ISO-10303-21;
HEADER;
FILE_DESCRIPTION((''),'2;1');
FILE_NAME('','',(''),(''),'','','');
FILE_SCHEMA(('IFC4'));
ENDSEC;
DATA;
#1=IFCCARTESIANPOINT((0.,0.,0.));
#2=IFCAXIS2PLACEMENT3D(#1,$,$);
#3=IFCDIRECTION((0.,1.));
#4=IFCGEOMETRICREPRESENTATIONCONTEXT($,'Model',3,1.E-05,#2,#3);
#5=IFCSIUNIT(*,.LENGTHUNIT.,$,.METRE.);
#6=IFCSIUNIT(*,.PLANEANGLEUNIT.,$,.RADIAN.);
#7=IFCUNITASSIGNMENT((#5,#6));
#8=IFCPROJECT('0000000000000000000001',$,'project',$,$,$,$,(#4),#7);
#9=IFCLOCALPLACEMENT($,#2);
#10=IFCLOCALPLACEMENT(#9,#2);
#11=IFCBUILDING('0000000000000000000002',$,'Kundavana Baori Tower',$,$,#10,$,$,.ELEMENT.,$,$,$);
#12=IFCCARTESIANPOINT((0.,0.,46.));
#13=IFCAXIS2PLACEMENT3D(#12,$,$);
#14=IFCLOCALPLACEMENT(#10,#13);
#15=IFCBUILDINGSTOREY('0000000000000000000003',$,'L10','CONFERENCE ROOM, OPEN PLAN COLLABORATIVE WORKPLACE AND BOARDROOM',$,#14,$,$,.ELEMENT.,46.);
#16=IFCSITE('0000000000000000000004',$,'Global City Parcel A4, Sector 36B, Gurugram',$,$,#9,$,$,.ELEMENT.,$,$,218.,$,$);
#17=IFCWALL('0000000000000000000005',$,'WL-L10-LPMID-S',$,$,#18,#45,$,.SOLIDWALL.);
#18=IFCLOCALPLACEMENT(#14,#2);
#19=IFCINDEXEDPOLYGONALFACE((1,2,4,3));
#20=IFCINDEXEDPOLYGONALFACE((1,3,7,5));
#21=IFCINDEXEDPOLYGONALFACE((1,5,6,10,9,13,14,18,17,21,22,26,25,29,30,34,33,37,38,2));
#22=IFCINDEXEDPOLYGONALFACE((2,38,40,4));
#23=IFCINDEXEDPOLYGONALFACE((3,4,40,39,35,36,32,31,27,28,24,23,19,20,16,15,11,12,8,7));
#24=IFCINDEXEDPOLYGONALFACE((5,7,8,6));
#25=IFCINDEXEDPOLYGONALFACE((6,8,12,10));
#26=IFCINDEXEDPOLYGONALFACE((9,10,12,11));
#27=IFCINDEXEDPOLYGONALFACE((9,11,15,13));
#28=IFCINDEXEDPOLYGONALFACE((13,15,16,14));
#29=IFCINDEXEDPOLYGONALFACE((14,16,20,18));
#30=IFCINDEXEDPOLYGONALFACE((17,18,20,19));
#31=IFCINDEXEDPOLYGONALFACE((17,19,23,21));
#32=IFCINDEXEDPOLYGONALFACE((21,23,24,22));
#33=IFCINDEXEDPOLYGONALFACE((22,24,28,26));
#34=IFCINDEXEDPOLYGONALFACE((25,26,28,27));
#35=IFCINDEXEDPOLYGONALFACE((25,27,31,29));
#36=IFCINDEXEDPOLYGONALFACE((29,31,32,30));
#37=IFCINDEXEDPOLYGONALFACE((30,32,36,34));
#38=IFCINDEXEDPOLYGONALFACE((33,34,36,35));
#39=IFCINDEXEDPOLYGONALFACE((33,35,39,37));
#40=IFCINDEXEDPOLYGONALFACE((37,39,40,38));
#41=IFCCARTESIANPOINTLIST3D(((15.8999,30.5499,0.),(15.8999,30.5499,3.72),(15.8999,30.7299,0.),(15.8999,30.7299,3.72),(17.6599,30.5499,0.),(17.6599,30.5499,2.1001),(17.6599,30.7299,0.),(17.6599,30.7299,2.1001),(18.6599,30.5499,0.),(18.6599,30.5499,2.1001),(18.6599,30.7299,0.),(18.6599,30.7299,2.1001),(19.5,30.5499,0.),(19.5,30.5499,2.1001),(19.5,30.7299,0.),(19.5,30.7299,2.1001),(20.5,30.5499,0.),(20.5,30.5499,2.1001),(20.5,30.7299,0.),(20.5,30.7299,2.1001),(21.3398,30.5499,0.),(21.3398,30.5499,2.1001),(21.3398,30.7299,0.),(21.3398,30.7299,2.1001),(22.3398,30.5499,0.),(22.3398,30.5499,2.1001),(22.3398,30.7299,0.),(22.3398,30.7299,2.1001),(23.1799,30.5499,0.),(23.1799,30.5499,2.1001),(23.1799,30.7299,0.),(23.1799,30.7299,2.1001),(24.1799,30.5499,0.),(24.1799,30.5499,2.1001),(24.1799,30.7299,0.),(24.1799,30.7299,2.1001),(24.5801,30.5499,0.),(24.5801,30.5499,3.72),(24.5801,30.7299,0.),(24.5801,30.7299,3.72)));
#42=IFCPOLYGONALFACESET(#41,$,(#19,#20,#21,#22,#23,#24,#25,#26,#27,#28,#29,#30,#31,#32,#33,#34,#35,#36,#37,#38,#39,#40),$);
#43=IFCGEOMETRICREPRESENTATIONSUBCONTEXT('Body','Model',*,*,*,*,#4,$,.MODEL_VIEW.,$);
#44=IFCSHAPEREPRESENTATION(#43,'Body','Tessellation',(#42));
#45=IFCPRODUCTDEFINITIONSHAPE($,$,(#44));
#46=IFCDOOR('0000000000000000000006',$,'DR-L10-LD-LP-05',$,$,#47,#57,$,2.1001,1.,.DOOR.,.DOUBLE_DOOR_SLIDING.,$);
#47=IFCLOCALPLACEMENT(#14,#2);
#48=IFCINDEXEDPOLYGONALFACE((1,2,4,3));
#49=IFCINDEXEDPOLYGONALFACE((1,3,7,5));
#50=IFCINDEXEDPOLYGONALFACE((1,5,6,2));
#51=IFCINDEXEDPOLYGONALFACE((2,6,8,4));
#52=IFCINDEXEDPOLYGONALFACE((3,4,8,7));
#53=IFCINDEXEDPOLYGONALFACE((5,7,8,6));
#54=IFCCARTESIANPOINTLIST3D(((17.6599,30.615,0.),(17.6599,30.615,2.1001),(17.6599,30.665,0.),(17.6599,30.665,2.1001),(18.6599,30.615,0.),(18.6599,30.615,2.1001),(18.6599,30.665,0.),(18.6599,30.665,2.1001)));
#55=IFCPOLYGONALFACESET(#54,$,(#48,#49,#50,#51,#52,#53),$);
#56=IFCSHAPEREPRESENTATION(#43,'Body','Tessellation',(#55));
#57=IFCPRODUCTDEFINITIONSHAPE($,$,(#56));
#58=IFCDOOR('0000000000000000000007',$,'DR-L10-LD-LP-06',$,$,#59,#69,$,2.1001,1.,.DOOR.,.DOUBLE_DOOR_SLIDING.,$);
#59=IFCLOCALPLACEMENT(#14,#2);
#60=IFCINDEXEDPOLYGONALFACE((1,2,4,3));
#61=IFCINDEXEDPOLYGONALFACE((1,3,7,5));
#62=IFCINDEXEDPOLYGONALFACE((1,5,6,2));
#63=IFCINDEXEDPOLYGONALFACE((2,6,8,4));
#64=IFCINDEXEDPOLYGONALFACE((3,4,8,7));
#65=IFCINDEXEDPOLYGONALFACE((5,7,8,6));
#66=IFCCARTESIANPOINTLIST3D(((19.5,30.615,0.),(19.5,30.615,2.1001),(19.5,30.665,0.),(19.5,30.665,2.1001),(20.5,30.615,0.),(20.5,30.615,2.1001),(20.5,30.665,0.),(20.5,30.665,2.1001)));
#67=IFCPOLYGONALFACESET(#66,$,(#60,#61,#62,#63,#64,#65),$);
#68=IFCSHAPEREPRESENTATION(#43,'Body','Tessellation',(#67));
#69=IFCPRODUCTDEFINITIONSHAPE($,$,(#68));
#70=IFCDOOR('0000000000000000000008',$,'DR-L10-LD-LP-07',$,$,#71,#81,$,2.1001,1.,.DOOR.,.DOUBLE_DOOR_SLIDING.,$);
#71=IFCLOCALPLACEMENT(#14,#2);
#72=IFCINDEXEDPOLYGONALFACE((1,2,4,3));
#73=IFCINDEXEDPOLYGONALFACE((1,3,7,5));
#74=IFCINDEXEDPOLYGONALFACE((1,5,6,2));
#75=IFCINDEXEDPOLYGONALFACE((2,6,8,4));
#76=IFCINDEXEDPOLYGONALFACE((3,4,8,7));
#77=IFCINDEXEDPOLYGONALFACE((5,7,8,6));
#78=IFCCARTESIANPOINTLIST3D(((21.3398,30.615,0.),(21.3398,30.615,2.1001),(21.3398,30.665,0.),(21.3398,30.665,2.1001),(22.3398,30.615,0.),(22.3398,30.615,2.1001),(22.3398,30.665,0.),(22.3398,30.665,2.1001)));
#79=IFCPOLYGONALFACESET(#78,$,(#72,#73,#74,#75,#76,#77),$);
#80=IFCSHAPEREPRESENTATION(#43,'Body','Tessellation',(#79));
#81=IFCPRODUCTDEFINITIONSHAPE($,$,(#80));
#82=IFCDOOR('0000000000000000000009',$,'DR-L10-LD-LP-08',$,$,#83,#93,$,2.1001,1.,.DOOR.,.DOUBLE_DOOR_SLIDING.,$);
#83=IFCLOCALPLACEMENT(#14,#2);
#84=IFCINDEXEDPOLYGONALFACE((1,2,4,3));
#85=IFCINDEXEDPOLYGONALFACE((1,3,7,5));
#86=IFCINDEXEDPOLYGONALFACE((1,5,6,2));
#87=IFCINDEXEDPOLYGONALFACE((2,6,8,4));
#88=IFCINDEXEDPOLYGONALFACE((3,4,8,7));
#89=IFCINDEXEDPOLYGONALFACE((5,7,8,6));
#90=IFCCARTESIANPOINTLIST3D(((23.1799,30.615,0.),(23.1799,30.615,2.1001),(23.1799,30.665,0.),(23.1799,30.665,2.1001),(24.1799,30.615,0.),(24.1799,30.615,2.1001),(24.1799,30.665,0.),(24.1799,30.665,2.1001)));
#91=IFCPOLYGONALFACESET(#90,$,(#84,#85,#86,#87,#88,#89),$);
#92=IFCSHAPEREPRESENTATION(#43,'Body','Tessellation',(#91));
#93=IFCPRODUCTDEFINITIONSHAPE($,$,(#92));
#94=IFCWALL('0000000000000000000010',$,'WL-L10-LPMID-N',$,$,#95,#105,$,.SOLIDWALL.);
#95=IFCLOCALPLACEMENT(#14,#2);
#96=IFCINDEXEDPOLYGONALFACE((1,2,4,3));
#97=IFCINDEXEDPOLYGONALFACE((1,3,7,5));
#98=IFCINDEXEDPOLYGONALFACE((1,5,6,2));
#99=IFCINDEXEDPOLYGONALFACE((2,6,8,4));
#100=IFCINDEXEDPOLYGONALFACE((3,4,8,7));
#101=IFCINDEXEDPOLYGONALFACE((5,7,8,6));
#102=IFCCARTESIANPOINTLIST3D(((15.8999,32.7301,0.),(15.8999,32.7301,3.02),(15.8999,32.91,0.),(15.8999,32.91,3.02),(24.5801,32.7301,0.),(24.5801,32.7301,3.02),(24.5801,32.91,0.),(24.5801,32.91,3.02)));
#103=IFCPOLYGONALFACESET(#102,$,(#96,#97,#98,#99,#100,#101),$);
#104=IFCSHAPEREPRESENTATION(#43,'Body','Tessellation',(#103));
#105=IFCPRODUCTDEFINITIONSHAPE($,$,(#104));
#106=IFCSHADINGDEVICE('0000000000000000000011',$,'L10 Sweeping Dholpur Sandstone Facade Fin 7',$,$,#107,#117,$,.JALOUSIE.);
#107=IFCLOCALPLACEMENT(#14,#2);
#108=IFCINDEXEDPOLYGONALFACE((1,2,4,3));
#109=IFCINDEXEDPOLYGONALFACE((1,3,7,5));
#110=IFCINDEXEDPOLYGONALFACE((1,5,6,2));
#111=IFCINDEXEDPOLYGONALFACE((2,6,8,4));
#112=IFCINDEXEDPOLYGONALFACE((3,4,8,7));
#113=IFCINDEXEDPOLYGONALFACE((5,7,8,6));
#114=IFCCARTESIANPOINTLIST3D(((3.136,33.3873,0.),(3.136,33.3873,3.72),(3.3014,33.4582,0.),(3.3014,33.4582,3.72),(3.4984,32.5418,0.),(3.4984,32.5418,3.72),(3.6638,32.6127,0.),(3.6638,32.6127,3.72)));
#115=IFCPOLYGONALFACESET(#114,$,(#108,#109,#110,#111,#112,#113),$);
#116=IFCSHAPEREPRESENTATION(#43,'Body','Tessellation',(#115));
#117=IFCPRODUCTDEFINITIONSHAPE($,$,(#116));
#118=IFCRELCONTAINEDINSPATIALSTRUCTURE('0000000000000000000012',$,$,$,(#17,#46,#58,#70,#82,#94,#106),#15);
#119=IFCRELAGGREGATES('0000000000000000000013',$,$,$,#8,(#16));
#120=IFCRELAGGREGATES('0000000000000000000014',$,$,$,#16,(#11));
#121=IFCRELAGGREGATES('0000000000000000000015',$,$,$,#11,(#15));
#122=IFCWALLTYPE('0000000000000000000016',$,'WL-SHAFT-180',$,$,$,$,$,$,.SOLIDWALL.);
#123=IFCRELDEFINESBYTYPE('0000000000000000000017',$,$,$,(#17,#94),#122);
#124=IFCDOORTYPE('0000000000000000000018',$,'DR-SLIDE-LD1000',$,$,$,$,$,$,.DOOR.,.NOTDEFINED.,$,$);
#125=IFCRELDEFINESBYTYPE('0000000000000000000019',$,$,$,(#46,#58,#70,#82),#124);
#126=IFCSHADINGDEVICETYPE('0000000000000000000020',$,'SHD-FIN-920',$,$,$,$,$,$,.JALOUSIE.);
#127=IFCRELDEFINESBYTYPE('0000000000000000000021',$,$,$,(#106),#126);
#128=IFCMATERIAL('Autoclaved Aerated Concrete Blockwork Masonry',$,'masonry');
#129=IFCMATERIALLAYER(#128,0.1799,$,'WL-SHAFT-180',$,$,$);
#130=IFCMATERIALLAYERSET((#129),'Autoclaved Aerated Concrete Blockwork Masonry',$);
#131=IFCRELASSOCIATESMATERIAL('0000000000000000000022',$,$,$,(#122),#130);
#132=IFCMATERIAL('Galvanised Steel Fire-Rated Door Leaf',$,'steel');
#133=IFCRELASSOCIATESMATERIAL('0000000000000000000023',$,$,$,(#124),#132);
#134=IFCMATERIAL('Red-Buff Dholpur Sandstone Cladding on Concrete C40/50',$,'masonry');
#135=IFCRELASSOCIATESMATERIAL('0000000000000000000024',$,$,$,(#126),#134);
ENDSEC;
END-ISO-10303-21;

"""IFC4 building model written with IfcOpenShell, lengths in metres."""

from ifc_helpers import new_model, si_unit, direction, frame, frame_2d, origin, origin_2d, place, context, subcontext, project, spatial, rectangle, extrude, material, layer, layer_set, type_object, element, fill, save


model = new_model("IFC4")

# Units and contexts
model_context = context("Model", 3, precision=1e-05, world=origin(), true_north=direction((0.0, 1.0)))
body_context = subcontext(model_context, "Body", "Model", "MODEL_VIEW")
ifc_project = project(units=[si_unit("LENGTHUNIT", "METRE"), si_unit("PLANEANGLEUNIT", "RADIAN")], contexts=[model_context])

# Site, building, storey
site_placement = place(None, origin())
site = spatial("IfcSite", under=ifc_project, at=site_placement, Name="Global City Parcel A4, Sector 36B, Gurugram", CompositionType="ELEMENT", RefElevation=218.0)
building_placement = place(site_placement, origin())
building = spatial("IfcBuilding", under=site, at=building_placement, Name="Kundavana Baori Tower", CompositionType="ELEMENT")
storey_placement = place(building_placement, frame((0.0, 0.0, 46.0)))
storey = spatial("IfcBuildingStorey", under=building, at=storey_placement, Name="L10", Description="CONFERENCE ROOM, OPEN PLAN COLLABORATIVE WORKPLACE AND BOARDROOM", CompositionType="ELEMENT", Elevation=46.0)

# Shared definitions
ifc_material_1 = material(Name="Autoclaved Aerated Concrete Blockwork Masonry", Category="masonry")
ifc_layer_1 = layer(ifc_material_1, 0.1799, Name="WL-SHAFT-180")
ifc_layer_set_1 = layer_set([ifc_layer_1], Name="Autoclaved Aerated Concrete Blockwork Masonry")
wall_type_1 = type_object("IfcWallType", Name="WL-SHAFT-180", PredefinedType="SOLIDWALL", material=ifc_layer_set_1)
ifc_material_2 = material(Name="Galvanised Steel Fire-Rated Door Leaf", Category="steel")
door_type = type_object("IfcDoorType", Name="DR-SLIDE-LD1000", OperationType="NOTDEFINED", PredefinedType="DOOR", material=ifc_material_2)

# Wall, openings, doors
wall_1_placement = place(storey_placement, frame((15.8999, 30.6399, 0.0), z_axis=(0.0, 0.0, 1.0), x_axis=(1.0, 0.0, 0.0)))
wall_1 = element("IfcWall", 1, at=wall_1_placement, inside=storey, type_object=wall_type_1, Name="WL-L10-LPMID-S", PredefinedType="SOLIDWALL", context=body_context, shape_type="SweptSolid", body=[
    extrude(rectangle(XDim=8.6802, YDim=0.1799, at=frame_2d((4.3401, 0.0))), origin(), (0.0, 0.0, 1.0), 3.72),
])
opening_1_placement = place(wall_1_placement, frame((1.76, 0.0, 0.0)))
opening_1 = element("IfcOpeningElement", 2, at=opening_1_placement, cuts=wall_1, PredefinedType="OPENING", context=body_context, shape_type="SweptSolid", body=[
    extrude(rectangle(XDim=1.0, YDim=2.1001, at=frame_2d((0.5, 1.05))), frame((0.0, 0.1001, 0.0), z_axis=(0.0, -1.0, 0.0), x_axis=(1.0, 0.0, 0.0)), (0.0, 0.0, 1.0), 0.2),
])
opening_2_placement = place(wall_1_placement, frame((3.6001, 0.0, 0.0)))
opening_2 = element("IfcOpeningElement", 3, at=opening_2_placement, cuts=wall_1, PredefinedType="OPENING", context=body_context, shape_type="SweptSolid", body=[
    extrude(rectangle(XDim=1.0, YDim=2.1001, at=frame_2d((0.5, 1.05))), frame((0.0, 0.1001, 0.0), z_axis=(0.0, -1.0, 0.0), x_axis=(1.0, 0.0, 0.0)), (0.0, 0.0, 1.0), 0.2),
])
opening_3_placement = place(wall_1_placement, frame((5.4399, 0.0, 0.0)))
opening_3 = element("IfcOpeningElement", 4, at=opening_3_placement, cuts=wall_1, PredefinedType="OPENING", context=body_context, shape_type="SweptSolid", body=[
    extrude(rectangle(XDim=1.0, YDim=2.1001, at=frame_2d((0.5, 1.05))), frame((0.0, 0.1001, 0.0), z_axis=(0.0, -1.0, 0.0), x_axis=(1.0, 0.0, 0.0)), (0.0, 0.0, 1.0), 0.2),
])
opening_4_placement = place(wall_1_placement, frame((7.28, 0.0, 0.0)))
opening_4 = element("IfcOpeningElement", 5, at=opening_4_placement, cuts=wall_1, PredefinedType="OPENING", context=body_context, shape_type="SweptSolid", body=[
    extrude(rectangle(XDim=1.0, YDim=2.1001, at=frame_2d((0.5, 1.05))), frame((0.0, 0.1001, 0.0), z_axis=(0.0, -1.0, 0.0), x_axis=(1.0, 0.0, 0.0)), (0.0, 0.0, 1.0), 0.2),
])
door_1_placement = place(opening_1_placement, frame((1.0, 0.0, 0.0), z_axis=(0.0, 0.0, 1.0), x_axis=(-1.0, 0.0, 0.0)))
door_1 = element("IfcDoor", 6, at=door_1_placement, inside=storey, type_object=door_type, Name="DR-L10-LD-LP-05", OperationType="DOUBLE_DOOR_SLIDING", OverallHeight=2.1001, OverallWidth=1.0, PredefinedType="DOOR", context=body_context, shape_type="SweptSolid", body=[
    extrude(rectangle(XDim=1.0, YDim=2.1001, at=frame_2d((0.5, 1.05))), frame((0.0, 0.0249, 0.0), z_axis=(0.0, -1.0, 0.0), x_axis=(1.0, 0.0, 0.0)), (0.0, 0.0, 1.0), 0.05),
])
fill(opening_1, door_1)
door_2_placement = place(opening_2_placement, frame((1.0, 0.0, 0.0), z_axis=(0.0, 0.0, 1.0), x_axis=(-1.0, 0.0, 0.0)))
door_2 = element("IfcDoor", 7, at=door_2_placement, inside=storey, type_object=door_type, Name="DR-L10-LD-LP-06", OperationType="DOUBLE_DOOR_SLIDING", OverallHeight=2.1001, OverallWidth=1.0, PredefinedType="DOOR", context=body_context, shape_type="SweptSolid", body=[
    extrude(rectangle(XDim=1.0, YDim=2.1001, at=frame_2d((0.5, 1.05))), frame((0.0, 0.0249, 0.0), z_axis=(0.0, -1.0, 0.0), x_axis=(1.0, 0.0, 0.0)), (0.0, 0.0, 1.0), 0.05),
])
fill(opening_2, door_2)
door_3_placement = place(opening_3_placement, frame((1.0, 0.0, 0.0), z_axis=(0.0, 0.0, 1.0), x_axis=(-1.0, 0.0, 0.0)))
door_3 = element("IfcDoor", 8, at=door_3_placement, inside=storey, type_object=door_type, Name="DR-L10-LD-LP-07", OperationType="DOUBLE_DOOR_SLIDING", OverallHeight=2.1001, OverallWidth=1.0, PredefinedType="DOOR", context=body_context, shape_type="SweptSolid", body=[
    extrude(rectangle(XDim=1.0, YDim=2.1001, at=frame_2d((0.5, 1.05))), frame((0.0, 0.0249, 0.0), z_axis=(0.0, -1.0, 0.0), x_axis=(1.0, 0.0, 0.0)), (0.0, 0.0, 1.0), 0.05),
])
fill(opening_3, door_3)
door_4_placement = place(opening_4_placement, frame((1.0, 0.0, 0.0), z_axis=(0.0, 0.0, 1.0), x_axis=(-1.0, 0.0, 0.0)))
door_4 = element("IfcDoor", 9, at=door_4_placement, inside=storey, type_object=door_type, Name="DR-L10-LD-LP-08", OperationType="DOUBLE_DOOR_SLIDING", OverallHeight=2.1001, OverallWidth=1.0, PredefinedType="DOOR", context=body_context, shape_type="SweptSolid", body=[
    extrude(rectangle(XDim=1.0, YDim=2.1001, at=frame_2d((0.5, 1.05))), frame((0.0, 0.0249, 0.0), z_axis=(0.0, -1.0, 0.0), x_axis=(1.0, 0.0, 0.0)), (0.0, 0.0, 1.0), 0.05),
])
fill(opening_4, door_4)

# Wall
wall_2_placement = place(storey_placement, frame((15.8999, 32.8201, 0.0), z_axis=(0.0, 0.0, 1.0), x_axis=(1.0, 0.0, 0.0)))
element("IfcWall", 10, at=wall_2_placement, inside=storey, type_object=wall_type_1, Name="WL-L10-LPMID-N", PredefinedType="SOLIDWALL", context=body_context, shape_type="SweptSolid", body=[
    extrude(rectangle(XDim=8.6802, YDim=0.1799, at=frame_2d((4.3401, 0.0))), origin(), (0.0, 0.0, 1.0), 3.02),
])

# Shading device
ifc_material_3 = material(Name="Red-Buff Dholpur Sandstone Cladding on Concrete C40/50", Category="masonry")
shading_device_type = type_object("IfcShadingDeviceType", Name="SHD-FIN-920", PredefinedType="JALOUSIE", material=ifc_material_3)
shading_device_placement = place(storey_placement, frame((3.3999, 33.0, 0.0), z_axis=(0.0, 0.0, 1.0), x_axis=(0.919135, 0.393942, 0.0)))
element("IfcShadingDevice", 11, at=shading_device_placement, inside=storey, type_object=shading_device_type, Name="L10 Sweeping Dholpur Sandstone Facade Fin 7", PredefinedType="JALOUSIE", context=body_context, shape_type="SweptSolid", body=[
    extrude(rectangle(XDim=0.1799, YDim=0.9199, at=origin_2d()), origin(), (0.0, 0.0, 1.0), 3.72),
])

save(model, "model.ifc")
